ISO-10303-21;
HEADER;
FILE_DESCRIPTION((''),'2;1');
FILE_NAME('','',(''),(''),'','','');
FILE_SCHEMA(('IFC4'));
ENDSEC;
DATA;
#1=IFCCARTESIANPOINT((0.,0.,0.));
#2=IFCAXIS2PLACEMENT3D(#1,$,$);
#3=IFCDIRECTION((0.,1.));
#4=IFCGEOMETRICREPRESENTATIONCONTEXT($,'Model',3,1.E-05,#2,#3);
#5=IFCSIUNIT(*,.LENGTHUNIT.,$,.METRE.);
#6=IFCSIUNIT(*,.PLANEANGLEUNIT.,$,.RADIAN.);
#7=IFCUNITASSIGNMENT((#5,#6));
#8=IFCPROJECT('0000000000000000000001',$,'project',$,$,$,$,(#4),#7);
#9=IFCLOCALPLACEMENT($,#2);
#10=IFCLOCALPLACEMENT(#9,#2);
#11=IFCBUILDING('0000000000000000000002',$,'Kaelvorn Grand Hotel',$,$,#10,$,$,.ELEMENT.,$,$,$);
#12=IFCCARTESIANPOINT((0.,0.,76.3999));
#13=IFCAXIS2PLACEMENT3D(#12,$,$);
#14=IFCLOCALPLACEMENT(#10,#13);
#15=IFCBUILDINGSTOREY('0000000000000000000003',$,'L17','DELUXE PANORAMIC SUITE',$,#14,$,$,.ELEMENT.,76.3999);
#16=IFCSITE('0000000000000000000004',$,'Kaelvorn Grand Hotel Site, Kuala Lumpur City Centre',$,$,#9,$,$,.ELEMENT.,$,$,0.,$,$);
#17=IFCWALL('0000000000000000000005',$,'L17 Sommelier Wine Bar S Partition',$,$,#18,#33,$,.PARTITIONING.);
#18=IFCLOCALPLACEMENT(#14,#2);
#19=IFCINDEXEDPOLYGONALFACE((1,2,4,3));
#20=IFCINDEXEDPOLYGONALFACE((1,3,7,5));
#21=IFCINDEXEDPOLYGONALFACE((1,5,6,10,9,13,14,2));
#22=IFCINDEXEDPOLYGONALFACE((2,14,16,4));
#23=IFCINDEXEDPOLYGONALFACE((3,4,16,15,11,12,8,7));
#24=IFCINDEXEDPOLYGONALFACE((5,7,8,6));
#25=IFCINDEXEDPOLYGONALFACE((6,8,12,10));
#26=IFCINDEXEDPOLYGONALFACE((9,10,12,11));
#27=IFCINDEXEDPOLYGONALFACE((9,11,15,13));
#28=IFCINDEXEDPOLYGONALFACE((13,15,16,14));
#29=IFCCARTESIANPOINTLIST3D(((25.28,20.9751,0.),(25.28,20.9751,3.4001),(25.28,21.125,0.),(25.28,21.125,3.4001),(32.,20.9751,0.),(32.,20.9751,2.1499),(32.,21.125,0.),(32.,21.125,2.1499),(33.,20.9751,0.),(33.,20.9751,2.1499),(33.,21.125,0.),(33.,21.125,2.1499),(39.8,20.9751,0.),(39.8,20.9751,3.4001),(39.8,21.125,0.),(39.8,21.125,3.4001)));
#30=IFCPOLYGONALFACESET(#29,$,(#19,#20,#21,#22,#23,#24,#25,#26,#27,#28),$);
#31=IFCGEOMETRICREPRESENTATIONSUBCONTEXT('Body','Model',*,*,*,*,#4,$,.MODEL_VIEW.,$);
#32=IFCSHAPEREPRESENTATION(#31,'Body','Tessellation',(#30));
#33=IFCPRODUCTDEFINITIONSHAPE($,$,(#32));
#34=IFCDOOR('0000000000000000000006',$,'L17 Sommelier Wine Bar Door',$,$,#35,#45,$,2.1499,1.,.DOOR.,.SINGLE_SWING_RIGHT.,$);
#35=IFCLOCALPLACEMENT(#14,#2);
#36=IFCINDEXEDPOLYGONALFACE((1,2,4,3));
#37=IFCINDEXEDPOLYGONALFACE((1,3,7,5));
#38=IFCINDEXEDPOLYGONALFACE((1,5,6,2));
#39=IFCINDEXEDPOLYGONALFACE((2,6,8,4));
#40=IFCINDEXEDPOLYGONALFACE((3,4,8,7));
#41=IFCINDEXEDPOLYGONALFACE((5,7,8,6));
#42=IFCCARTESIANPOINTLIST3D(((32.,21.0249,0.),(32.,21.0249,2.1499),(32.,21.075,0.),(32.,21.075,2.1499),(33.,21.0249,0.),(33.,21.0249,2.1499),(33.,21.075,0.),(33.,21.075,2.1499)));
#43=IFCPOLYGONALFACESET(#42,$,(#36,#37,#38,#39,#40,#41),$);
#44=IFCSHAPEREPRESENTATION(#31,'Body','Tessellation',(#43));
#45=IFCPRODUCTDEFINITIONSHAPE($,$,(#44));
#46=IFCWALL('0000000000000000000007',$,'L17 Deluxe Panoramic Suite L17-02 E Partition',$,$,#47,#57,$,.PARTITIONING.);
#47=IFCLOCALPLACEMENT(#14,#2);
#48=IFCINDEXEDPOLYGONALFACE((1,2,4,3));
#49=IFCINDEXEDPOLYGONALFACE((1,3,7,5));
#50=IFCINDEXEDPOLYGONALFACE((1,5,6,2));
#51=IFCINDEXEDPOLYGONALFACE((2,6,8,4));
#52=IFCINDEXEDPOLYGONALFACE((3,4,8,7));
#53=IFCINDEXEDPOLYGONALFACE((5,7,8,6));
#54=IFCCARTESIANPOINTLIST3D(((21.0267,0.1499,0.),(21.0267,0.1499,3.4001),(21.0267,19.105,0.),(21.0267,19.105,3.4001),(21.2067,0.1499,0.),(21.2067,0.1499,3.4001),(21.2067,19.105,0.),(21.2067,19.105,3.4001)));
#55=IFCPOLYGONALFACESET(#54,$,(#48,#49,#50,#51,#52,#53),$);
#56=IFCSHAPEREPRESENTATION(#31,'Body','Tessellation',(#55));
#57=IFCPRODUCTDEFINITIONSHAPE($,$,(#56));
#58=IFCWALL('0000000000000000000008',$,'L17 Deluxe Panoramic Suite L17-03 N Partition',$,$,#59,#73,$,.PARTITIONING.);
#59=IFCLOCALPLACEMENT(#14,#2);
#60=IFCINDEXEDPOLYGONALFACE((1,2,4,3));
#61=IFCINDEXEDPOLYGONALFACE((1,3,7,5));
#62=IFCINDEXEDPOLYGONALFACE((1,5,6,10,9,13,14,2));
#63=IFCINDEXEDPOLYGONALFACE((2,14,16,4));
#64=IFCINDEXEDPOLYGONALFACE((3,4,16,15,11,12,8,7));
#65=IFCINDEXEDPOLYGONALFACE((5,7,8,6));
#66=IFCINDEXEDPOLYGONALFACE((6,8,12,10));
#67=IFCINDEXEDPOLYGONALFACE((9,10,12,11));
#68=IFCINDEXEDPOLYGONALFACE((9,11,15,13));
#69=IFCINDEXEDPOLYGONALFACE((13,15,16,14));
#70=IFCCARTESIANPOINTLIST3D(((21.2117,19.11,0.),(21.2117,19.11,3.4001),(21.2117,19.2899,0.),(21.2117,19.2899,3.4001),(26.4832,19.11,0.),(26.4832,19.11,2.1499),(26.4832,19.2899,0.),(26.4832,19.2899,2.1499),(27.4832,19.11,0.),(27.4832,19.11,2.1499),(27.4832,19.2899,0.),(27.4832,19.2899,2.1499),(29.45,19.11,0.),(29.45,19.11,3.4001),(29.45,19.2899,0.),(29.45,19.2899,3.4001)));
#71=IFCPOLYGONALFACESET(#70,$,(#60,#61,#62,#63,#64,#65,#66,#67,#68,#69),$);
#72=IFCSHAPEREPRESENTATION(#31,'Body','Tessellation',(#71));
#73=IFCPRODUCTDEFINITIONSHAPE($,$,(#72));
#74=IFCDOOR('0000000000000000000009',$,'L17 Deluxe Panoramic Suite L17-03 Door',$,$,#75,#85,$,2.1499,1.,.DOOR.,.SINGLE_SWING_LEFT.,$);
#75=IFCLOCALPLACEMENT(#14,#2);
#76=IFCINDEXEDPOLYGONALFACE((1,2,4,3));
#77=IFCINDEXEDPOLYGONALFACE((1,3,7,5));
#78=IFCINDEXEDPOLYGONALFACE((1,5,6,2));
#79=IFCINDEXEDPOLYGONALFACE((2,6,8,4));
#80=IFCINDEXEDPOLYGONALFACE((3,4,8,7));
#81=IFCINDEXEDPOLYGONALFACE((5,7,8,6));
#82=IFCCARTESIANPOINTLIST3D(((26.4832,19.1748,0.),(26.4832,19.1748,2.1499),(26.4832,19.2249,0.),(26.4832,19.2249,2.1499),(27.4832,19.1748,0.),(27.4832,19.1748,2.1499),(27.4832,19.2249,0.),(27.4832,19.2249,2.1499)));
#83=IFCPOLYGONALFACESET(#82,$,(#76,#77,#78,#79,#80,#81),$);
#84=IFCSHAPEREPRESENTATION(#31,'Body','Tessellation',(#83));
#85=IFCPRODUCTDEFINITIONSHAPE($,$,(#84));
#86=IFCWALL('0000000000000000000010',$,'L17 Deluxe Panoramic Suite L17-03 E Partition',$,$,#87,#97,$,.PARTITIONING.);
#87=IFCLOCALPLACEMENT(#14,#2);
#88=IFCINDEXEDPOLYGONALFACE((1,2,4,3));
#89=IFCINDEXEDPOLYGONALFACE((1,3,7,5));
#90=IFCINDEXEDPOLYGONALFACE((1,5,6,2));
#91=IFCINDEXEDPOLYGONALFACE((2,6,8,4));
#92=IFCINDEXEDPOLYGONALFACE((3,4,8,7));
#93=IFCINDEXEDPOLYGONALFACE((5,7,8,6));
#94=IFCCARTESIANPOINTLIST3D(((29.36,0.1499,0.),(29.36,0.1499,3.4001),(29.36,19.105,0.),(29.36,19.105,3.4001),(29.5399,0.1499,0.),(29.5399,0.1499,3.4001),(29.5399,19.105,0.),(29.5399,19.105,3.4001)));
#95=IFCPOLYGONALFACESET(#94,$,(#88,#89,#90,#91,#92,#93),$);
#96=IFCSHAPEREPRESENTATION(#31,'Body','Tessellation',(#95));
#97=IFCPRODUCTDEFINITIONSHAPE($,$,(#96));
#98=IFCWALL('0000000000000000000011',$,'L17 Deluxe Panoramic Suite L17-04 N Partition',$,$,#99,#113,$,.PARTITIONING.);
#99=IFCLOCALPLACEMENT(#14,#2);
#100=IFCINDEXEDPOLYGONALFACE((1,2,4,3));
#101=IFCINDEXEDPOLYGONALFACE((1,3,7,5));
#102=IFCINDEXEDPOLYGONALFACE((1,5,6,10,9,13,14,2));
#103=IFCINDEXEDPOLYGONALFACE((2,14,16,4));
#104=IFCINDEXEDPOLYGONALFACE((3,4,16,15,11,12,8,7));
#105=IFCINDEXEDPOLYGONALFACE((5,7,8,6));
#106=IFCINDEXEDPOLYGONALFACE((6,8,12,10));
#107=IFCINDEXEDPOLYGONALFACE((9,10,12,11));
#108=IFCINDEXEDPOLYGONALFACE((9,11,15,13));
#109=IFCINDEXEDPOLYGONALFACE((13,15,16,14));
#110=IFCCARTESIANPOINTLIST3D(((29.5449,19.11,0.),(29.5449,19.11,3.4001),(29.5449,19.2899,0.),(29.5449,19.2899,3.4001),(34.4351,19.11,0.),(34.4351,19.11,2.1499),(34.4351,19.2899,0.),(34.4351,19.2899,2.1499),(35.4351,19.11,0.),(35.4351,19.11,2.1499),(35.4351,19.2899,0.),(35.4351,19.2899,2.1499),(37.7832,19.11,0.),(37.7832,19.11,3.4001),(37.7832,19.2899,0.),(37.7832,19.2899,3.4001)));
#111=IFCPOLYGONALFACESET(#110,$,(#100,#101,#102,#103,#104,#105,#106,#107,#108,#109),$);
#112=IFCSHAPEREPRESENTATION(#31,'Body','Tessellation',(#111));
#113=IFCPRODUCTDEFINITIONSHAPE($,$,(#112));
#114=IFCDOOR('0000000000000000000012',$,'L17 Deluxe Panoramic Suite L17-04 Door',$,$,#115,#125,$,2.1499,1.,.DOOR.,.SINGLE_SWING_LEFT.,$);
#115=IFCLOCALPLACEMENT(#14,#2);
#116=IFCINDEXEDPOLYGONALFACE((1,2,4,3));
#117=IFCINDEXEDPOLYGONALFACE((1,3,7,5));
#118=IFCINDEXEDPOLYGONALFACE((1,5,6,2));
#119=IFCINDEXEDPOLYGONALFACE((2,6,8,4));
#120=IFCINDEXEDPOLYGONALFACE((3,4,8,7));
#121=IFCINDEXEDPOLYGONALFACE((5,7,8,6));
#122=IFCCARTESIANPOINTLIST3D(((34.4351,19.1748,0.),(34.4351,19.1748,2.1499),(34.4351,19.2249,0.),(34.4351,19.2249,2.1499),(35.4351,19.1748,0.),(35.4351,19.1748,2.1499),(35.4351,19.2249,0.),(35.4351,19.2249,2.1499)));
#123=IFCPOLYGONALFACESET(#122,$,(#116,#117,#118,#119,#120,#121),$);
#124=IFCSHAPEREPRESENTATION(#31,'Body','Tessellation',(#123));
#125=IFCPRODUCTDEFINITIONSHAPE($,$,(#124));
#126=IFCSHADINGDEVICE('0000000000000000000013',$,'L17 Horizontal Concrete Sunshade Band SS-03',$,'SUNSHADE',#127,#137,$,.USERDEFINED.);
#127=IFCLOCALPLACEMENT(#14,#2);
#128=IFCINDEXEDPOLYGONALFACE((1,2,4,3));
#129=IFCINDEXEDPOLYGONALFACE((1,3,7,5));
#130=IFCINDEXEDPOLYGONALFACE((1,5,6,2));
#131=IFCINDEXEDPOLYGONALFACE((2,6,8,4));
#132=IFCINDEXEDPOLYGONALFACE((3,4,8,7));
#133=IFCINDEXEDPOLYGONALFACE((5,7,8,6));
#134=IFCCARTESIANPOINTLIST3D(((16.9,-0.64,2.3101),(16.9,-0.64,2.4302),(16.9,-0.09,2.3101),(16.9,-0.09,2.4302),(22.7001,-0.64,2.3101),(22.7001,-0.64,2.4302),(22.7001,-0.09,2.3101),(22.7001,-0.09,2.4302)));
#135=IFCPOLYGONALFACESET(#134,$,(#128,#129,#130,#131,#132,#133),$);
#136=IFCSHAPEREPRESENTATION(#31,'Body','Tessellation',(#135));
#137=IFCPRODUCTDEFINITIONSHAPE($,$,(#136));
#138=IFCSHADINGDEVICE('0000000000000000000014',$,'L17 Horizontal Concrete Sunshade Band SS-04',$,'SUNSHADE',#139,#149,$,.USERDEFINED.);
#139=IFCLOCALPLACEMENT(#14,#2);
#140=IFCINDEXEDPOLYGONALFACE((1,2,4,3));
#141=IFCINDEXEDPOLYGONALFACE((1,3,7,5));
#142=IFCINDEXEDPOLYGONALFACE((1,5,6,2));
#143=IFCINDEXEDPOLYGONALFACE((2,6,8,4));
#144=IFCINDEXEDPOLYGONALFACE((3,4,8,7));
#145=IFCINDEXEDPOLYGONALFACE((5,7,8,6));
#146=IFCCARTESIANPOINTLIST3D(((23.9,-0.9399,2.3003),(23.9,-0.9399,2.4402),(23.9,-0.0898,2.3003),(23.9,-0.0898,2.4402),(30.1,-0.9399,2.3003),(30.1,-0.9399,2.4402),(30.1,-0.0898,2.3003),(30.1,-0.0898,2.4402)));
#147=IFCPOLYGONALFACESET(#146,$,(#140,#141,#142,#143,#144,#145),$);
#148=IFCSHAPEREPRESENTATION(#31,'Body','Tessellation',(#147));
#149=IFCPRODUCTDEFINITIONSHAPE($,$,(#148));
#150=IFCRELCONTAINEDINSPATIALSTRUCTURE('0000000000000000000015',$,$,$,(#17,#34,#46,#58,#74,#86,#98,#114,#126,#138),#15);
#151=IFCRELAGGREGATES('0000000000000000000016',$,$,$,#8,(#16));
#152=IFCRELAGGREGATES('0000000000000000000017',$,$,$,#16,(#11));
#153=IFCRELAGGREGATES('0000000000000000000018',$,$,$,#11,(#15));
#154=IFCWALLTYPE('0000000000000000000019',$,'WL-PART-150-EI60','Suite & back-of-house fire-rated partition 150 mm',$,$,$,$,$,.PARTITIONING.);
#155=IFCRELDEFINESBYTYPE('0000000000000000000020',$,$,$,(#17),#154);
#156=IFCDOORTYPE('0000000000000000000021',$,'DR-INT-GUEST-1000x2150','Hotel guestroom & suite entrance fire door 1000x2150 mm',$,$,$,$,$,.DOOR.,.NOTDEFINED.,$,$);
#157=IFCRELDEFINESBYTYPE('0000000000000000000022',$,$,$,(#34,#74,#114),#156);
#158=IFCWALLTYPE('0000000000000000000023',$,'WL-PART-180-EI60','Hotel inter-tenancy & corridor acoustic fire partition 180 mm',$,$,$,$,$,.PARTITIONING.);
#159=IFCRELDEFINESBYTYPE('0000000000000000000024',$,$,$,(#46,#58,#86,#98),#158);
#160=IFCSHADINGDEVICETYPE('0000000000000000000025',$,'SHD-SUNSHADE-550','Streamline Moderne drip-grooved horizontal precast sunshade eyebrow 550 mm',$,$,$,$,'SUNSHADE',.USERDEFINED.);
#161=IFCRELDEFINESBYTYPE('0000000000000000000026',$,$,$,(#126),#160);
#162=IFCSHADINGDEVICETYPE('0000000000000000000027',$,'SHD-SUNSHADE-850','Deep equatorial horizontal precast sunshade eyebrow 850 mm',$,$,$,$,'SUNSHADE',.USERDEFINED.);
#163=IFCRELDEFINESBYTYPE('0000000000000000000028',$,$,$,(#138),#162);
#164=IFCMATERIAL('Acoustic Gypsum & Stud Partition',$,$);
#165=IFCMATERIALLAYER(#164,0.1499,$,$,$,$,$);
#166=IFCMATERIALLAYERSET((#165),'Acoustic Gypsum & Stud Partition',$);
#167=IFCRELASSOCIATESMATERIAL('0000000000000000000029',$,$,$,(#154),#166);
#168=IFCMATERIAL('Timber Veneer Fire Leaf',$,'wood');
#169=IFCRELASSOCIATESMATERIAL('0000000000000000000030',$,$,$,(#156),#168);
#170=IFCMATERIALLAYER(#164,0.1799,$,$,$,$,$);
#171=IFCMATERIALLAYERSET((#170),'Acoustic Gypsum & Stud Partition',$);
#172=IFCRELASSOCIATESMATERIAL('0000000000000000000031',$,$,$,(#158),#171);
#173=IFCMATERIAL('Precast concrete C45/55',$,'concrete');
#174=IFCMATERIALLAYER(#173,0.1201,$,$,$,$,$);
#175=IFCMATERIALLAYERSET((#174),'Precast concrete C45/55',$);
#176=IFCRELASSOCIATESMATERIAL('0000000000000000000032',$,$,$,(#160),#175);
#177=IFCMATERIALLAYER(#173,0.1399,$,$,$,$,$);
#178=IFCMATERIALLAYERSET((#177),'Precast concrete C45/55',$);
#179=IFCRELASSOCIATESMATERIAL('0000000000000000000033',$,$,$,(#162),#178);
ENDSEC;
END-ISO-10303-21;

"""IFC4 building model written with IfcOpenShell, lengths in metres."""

from ifc_helpers import new_model, si_unit, direction, frame, frame_2d, origin, origin_2d, place, context, subcontext, project, spatial, rectangle, extrude, material, layer, layer_set, type_object, element, fill, save


model = new_model("IFC4")

# Units and contexts
model_context = context("Model", 3, precision=1e-05, world=origin(), true_north=direction((0.0, 1.0)))
body_context = subcontext(model_context, "Body", "Model", "MODEL_VIEW")
ifc_project = project(units=[si_unit("LENGTHUNIT", "METRE"), si_unit("PLANEANGLEUNIT", "RADIAN")], contexts=[model_context])

# Site, building, storey
site_placement = place(None, origin())
site = spatial("IfcSite", under=ifc_project, at=site_placement, Name="Kaelvorn Grand Hotel Site, Kuala Lumpur City Centre", CompositionType="ELEMENT", RefElevation=0.0)
building_placement = place(site_placement, origin())
building = spatial("IfcBuilding", under=site, at=building_placement, Name="Kaelvorn Grand Hotel", CompositionType="ELEMENT")
storey_placement = place(building_placement, frame((0.0, 0.0, 76.3999)))
storey = spatial("IfcBuildingStorey", under=building, at=storey_placement, Name="L17", Description="DELUXE PANORAMIC SUITE", CompositionType="ELEMENT", Elevation=76.3999)

# Shared definitions
ifc_material_1 = material(Name="Acoustic Gypsum & Stud Partition")
ifc_layer_1 = layer(ifc_material_1, 0.1499)
ifc_layer_set_1 = layer_set([ifc_layer_1], Name="Acoustic Gypsum & Stud Partition")
wall_type_1 = type_object("IfcWallType", Name="WL-PART-150-EI60", Description="Suite & back-of-house fire-rated partition 150 mm", PredefinedType="PARTITIONING", material=ifc_layer_set_1)

# Wall, opening, door
wall_1_placement = place(storey_placement, frame((25.28, 21.05, 0.0), z_axis=(0.0, 0.0, 1.0), x_axis=(1.0, 0.0, 0.0)))
wall_1 = element("IfcWall", 1, at=wall_1_placement, inside=storey, type_object=wall_type_1, Name="L17 Sommelier Wine Bar S Partition", PredefinedType="PARTITIONING", context=body_context, shape_type="SweptSolid", body=[
    extrude(rectangle(XDim=14.52, YDim=0.1499, at=frame_2d((7.26, 0.0))), origin(), (0.0, 0.0, 1.0), 3.4001),
])
opening_1_placement = place(wall_1_placement, frame((6.72, 0.0, 0.0)))
opening_1 = element("IfcOpeningElement", 2, at=opening_1_placement, cuts=wall_1, PredefinedType="OPENING", context=body_context, shape_type="SweptSolid", body=[
    extrude(rectangle(XDim=1.0, YDim=2.1499, at=frame_2d((0.5, 1.075))), frame((0.0, 0.085, 0.0), z_axis=(0.0, -1.0, 0.0), x_axis=(1.0, 0.0, 0.0)), (0.0, 0.0, 1.0), 0.1699),
])
ifc_material_2 = material(Name="Timber Veneer Fire Leaf", Category="wood")
door_type_1 = type_object("IfcDoorType", Name="DR-INT-GUEST-1000x2150", Description="Hotel guestroom & suite entrance fire door 1000x2150 mm", OperationType="NOTDEFINED", PredefinedType="DOOR", material=ifc_material_2)
door_1_placement = place(opening_1_placement, origin())
door_1 = element("IfcDoor", 3, at=door_1_placement, inside=storey, type_object=door_type_1, Name="L17 Sommelier Wine Bar Door", OperationType="SINGLE_SWING_RIGHT", OverallHeight=2.1499, OverallWidth=1.0, PredefinedType="DOOR", context=body_context, shape_type="SweptSolid", body=[
    extrude(rectangle(XDim=1.0, YDim=2.1499, at=frame_2d((0.5, 1.075))), frame((0.0, 0.0249, 0.0), z_axis=(0.0, -1.0, 0.0), x_axis=(1.0, 0.0, 0.0)), (0.0, 0.0, 1.0), 0.05),
])
fill(opening_1, door_1)

# Wall
ifc_layer_2 = layer(ifc_material_1, 0.1799)
ifc_layer_set_2 = layer_set([ifc_layer_2], Name="Acoustic Gypsum & Stud Partition")
wall_type_2 = type_object("IfcWallType", Name="WL-PART-180-EI60", Description="Hotel inter-tenancy & corridor acoustic fire partition 180 mm", PredefinedType="PARTITIONING", material=ifc_layer_set_2)
wall_2_placement = place(storey_placement, frame((21.1167, 0.1499, 0.0), z_axis=(0.0, 0.0, 1.0), x_axis=(0.0, 1.0, 0.0)))
element("IfcWall", 4, at=wall_2_placement, inside=storey, type_object=wall_type_2, Name="L17 Deluxe Panoramic Suite L17-02 E Partition", PredefinedType="PARTITIONING", context=body_context, shape_type="SweptSolid", body=[
    extrude(rectangle(XDim=18.9551, YDim=0.1799, at=frame_2d((9.4775, 0.0))), origin(), (0.0, 0.0, 1.0), 3.4001),
])

# Wall, opening, door
wall_3_placement = place(storey_placement, frame((21.2117, 19.2, 0.0), z_axis=(0.0, 0.0, 1.0), x_axis=(1.0, 0.0, 0.0)))
wall_3 = element("IfcWall", 5, at=wall_3_placement, inside=storey, type_object=wall_type_2, Name="L17 Deluxe Panoramic Suite L17-03 N Partition", PredefinedType="PARTITIONING", context=body_context, shape_type="SweptSolid", body=[
    extrude(rectangle(XDim=8.2383, YDim=0.1799, at=frame_2d((4.1191, 0.0))), origin(), (0.0, 0.0, 1.0), 3.4001),
])
opening_2_placement = place(wall_3_placement, frame((5.2715, 0.0, 0.0)))
opening_2 = element("IfcOpeningElement", 6, at=opening_2_placement, cuts=wall_3, PredefinedType="OPENING", context=body_context, shape_type="SweptSolid", body=[
    extrude(rectangle(XDim=1.0, YDim=2.1499, at=frame_2d((0.5, 1.075))), frame((0.0, 0.1001, 0.0), z_axis=(0.0, -1.0, 0.0), x_axis=(1.0, 0.0, 0.0)), (0.0, 0.0, 1.0), 0.2),
])
door_2_placement = place(opening_2_placement, origin())
door_2 = element("IfcDoor", 7, at=door_2_placement, inside=storey, type_object=door_type_1, Name="L17 Deluxe Panoramic Suite L17-03 Door", OperationType="SINGLE_SWING_LEFT", OverallHeight=2.1499, OverallWidth=1.0, PredefinedType="DOOR", context=body_context, shape_type="SweptSolid", body=[
    extrude(rectangle(XDim=1.0, YDim=2.1499, at=frame_2d((0.5, 1.075))), frame((0.0, 0.0249, 0.0), z_axis=(0.0, -1.0, 0.0), x_axis=(1.0, 0.0, 0.0)), (0.0, 0.0, 1.0), 0.05),
])
fill(opening_2, door_2)

# Wall
wall_4_placement = place(storey_placement, frame((29.45, 0.1499, 0.0), z_axis=(0.0, 0.0, 1.0), x_axis=(0.0, 1.0, 0.0)))
element("IfcWall", 8, at=wall_4_placement, inside=storey, type_object=wall_type_2, Name="L17 Deluxe Panoramic Suite L17-03 E Partition", PredefinedType="PARTITIONING", context=body_context, shape_type="SweptSolid", body=[
    extrude(rectangle(XDim=18.9551, YDim=0.1799, at=frame_2d((9.4775, 0.0))), origin(), (0.0, 0.0, 1.0), 3.4001),
])

# Wall, opening, door
wall_5_placement = place(storey_placement, frame((29.5449, 19.2, 0.0), z_axis=(0.0, 0.0, 1.0), x_axis=(1.0, 0.0, 0.0)))
wall_5 = element("IfcWall", 9, at=wall_5_placement, inside=storey, type_object=wall_type_2, Name="L17 Deluxe Panoramic Suite L17-04 N Partition", PredefinedType="PARTITIONING", context=body_context, shape_type="SweptSolid", body=[
    extrude(rectangle(XDim=8.2383, YDim=0.1799, at=frame_2d((4.1191, 0.0))), origin(), (0.0, 0.0, 1.0), 3.4001),
])
opening_3_placement = place(wall_5_placement, frame((4.8901, 0.0, 0.0)))
opening_3 = element("IfcOpeningElement", 10, at=opening_3_placement, cuts=wall_5, PredefinedType="OPENING", context=body_context, shape_type="SweptSolid", body=[
    extrude(rectangle(XDim=1.0, YDim=2.1499, at=frame_2d((0.5, 1.075))), frame((0.0, 0.1001, 0.0), z_axis=(0.0, -1.0, 0.0), x_axis=(1.0, 0.0, 0.0)), (0.0, 0.0, 1.0), 0.2),
])
door_3_placement = place(opening_3_placement, origin())
door_3 = element("IfcDoor", 11, at=door_3_placement, inside=storey, type_object=door_type_1, Name="L17 Deluxe Panoramic Suite L17-04 Door", OperationType="SINGLE_SWING_LEFT", OverallHeight=2.1499, OverallWidth=1.0, PredefinedType="DOOR", context=body_context, shape_type="SweptSolid", body=[
    extrude(rectangle(XDim=1.0, YDim=2.1499, at=frame_2d((0.5, 1.075))), frame((0.0, 0.0249, 0.0), z_axis=(0.0, -1.0, 0.0), x_axis=(1.0, 0.0, 0.0)), (0.0, 0.0, 1.0), 0.05),
])
fill(opening_3, door_3)

# Shading devices
ifc_material_3 = material(Name="Precast concrete C45/55", Category="concrete")
ifc_layer_3 = layer(ifc_material_3, 0.1201)
ifc_layer_set_3 = layer_set([ifc_layer_3], Name="Precast concrete C45/55")
shading_device_type_1 = type_object("IfcShadingDeviceType", Name="SHD-SUNSHADE-550", Description="Streamline Moderne drip-grooved horizontal precast sunshade eyebrow 550 mm", ElementType="SUNSHADE", PredefinedType="USERDEFINED", material=ifc_layer_set_3)
shading_device_1_placement = place(storey_placement, frame((19.8, -0.365, 2.3101), z_axis=(0.0, 0.0, 1.0), x_axis=(1.0, 0.0, 0.0)))
element("IfcShadingDevice", 12, at=shading_device_1_placement, inside=storey, type_object=shading_device_type_1, Name="L17 Horizontal Concrete Sunshade Band SS-03", ObjectType="SUNSHADE", PredefinedType="USERDEFINED", context=body_context, shape_type="SweptSolid", body=[
    extrude(rectangle(XDim=5.8, YDim=0.55, at=origin_2d()), origin(), (0.0, 0.0, 1.0), 0.1201),
])
ifc_layer_4 = layer(ifc_material_3, 0.1399)
ifc_layer_set_4 = layer_set([ifc_layer_4], Name="Precast concrete C45/55")
shading_device_type_2 = type_object("IfcShadingDeviceType", Name="SHD-SUNSHADE-850", Description="Deep equatorial horizontal precast sunshade eyebrow 850 mm", ElementType="SUNSHADE", PredefinedType="USERDEFINED", material=ifc_layer_set_4)
shading_device_2_placement = place(storey_placement, frame((27.0, -0.5149, 2.3003), z_axis=(0.0, 0.0, 1.0), x_axis=(1.0, 0.0, 0.0)))
element("IfcShadingDevice", 13, at=shading_device_2_placement, inside=storey, type_object=shading_device_type_2, Name="L17 Horizontal Concrete Sunshade Band SS-04", ObjectType="SUNSHADE", PredefinedType="USERDEFINED", context=body_context, shape_type="SweptSolid", body=[
    extrude(rectangle(XDim=6.2, YDim=0.8501, at=origin_2d()), origin(), (0.0, 0.0, 1.0), 0.1399),
])

save(model, "model.ifc")
